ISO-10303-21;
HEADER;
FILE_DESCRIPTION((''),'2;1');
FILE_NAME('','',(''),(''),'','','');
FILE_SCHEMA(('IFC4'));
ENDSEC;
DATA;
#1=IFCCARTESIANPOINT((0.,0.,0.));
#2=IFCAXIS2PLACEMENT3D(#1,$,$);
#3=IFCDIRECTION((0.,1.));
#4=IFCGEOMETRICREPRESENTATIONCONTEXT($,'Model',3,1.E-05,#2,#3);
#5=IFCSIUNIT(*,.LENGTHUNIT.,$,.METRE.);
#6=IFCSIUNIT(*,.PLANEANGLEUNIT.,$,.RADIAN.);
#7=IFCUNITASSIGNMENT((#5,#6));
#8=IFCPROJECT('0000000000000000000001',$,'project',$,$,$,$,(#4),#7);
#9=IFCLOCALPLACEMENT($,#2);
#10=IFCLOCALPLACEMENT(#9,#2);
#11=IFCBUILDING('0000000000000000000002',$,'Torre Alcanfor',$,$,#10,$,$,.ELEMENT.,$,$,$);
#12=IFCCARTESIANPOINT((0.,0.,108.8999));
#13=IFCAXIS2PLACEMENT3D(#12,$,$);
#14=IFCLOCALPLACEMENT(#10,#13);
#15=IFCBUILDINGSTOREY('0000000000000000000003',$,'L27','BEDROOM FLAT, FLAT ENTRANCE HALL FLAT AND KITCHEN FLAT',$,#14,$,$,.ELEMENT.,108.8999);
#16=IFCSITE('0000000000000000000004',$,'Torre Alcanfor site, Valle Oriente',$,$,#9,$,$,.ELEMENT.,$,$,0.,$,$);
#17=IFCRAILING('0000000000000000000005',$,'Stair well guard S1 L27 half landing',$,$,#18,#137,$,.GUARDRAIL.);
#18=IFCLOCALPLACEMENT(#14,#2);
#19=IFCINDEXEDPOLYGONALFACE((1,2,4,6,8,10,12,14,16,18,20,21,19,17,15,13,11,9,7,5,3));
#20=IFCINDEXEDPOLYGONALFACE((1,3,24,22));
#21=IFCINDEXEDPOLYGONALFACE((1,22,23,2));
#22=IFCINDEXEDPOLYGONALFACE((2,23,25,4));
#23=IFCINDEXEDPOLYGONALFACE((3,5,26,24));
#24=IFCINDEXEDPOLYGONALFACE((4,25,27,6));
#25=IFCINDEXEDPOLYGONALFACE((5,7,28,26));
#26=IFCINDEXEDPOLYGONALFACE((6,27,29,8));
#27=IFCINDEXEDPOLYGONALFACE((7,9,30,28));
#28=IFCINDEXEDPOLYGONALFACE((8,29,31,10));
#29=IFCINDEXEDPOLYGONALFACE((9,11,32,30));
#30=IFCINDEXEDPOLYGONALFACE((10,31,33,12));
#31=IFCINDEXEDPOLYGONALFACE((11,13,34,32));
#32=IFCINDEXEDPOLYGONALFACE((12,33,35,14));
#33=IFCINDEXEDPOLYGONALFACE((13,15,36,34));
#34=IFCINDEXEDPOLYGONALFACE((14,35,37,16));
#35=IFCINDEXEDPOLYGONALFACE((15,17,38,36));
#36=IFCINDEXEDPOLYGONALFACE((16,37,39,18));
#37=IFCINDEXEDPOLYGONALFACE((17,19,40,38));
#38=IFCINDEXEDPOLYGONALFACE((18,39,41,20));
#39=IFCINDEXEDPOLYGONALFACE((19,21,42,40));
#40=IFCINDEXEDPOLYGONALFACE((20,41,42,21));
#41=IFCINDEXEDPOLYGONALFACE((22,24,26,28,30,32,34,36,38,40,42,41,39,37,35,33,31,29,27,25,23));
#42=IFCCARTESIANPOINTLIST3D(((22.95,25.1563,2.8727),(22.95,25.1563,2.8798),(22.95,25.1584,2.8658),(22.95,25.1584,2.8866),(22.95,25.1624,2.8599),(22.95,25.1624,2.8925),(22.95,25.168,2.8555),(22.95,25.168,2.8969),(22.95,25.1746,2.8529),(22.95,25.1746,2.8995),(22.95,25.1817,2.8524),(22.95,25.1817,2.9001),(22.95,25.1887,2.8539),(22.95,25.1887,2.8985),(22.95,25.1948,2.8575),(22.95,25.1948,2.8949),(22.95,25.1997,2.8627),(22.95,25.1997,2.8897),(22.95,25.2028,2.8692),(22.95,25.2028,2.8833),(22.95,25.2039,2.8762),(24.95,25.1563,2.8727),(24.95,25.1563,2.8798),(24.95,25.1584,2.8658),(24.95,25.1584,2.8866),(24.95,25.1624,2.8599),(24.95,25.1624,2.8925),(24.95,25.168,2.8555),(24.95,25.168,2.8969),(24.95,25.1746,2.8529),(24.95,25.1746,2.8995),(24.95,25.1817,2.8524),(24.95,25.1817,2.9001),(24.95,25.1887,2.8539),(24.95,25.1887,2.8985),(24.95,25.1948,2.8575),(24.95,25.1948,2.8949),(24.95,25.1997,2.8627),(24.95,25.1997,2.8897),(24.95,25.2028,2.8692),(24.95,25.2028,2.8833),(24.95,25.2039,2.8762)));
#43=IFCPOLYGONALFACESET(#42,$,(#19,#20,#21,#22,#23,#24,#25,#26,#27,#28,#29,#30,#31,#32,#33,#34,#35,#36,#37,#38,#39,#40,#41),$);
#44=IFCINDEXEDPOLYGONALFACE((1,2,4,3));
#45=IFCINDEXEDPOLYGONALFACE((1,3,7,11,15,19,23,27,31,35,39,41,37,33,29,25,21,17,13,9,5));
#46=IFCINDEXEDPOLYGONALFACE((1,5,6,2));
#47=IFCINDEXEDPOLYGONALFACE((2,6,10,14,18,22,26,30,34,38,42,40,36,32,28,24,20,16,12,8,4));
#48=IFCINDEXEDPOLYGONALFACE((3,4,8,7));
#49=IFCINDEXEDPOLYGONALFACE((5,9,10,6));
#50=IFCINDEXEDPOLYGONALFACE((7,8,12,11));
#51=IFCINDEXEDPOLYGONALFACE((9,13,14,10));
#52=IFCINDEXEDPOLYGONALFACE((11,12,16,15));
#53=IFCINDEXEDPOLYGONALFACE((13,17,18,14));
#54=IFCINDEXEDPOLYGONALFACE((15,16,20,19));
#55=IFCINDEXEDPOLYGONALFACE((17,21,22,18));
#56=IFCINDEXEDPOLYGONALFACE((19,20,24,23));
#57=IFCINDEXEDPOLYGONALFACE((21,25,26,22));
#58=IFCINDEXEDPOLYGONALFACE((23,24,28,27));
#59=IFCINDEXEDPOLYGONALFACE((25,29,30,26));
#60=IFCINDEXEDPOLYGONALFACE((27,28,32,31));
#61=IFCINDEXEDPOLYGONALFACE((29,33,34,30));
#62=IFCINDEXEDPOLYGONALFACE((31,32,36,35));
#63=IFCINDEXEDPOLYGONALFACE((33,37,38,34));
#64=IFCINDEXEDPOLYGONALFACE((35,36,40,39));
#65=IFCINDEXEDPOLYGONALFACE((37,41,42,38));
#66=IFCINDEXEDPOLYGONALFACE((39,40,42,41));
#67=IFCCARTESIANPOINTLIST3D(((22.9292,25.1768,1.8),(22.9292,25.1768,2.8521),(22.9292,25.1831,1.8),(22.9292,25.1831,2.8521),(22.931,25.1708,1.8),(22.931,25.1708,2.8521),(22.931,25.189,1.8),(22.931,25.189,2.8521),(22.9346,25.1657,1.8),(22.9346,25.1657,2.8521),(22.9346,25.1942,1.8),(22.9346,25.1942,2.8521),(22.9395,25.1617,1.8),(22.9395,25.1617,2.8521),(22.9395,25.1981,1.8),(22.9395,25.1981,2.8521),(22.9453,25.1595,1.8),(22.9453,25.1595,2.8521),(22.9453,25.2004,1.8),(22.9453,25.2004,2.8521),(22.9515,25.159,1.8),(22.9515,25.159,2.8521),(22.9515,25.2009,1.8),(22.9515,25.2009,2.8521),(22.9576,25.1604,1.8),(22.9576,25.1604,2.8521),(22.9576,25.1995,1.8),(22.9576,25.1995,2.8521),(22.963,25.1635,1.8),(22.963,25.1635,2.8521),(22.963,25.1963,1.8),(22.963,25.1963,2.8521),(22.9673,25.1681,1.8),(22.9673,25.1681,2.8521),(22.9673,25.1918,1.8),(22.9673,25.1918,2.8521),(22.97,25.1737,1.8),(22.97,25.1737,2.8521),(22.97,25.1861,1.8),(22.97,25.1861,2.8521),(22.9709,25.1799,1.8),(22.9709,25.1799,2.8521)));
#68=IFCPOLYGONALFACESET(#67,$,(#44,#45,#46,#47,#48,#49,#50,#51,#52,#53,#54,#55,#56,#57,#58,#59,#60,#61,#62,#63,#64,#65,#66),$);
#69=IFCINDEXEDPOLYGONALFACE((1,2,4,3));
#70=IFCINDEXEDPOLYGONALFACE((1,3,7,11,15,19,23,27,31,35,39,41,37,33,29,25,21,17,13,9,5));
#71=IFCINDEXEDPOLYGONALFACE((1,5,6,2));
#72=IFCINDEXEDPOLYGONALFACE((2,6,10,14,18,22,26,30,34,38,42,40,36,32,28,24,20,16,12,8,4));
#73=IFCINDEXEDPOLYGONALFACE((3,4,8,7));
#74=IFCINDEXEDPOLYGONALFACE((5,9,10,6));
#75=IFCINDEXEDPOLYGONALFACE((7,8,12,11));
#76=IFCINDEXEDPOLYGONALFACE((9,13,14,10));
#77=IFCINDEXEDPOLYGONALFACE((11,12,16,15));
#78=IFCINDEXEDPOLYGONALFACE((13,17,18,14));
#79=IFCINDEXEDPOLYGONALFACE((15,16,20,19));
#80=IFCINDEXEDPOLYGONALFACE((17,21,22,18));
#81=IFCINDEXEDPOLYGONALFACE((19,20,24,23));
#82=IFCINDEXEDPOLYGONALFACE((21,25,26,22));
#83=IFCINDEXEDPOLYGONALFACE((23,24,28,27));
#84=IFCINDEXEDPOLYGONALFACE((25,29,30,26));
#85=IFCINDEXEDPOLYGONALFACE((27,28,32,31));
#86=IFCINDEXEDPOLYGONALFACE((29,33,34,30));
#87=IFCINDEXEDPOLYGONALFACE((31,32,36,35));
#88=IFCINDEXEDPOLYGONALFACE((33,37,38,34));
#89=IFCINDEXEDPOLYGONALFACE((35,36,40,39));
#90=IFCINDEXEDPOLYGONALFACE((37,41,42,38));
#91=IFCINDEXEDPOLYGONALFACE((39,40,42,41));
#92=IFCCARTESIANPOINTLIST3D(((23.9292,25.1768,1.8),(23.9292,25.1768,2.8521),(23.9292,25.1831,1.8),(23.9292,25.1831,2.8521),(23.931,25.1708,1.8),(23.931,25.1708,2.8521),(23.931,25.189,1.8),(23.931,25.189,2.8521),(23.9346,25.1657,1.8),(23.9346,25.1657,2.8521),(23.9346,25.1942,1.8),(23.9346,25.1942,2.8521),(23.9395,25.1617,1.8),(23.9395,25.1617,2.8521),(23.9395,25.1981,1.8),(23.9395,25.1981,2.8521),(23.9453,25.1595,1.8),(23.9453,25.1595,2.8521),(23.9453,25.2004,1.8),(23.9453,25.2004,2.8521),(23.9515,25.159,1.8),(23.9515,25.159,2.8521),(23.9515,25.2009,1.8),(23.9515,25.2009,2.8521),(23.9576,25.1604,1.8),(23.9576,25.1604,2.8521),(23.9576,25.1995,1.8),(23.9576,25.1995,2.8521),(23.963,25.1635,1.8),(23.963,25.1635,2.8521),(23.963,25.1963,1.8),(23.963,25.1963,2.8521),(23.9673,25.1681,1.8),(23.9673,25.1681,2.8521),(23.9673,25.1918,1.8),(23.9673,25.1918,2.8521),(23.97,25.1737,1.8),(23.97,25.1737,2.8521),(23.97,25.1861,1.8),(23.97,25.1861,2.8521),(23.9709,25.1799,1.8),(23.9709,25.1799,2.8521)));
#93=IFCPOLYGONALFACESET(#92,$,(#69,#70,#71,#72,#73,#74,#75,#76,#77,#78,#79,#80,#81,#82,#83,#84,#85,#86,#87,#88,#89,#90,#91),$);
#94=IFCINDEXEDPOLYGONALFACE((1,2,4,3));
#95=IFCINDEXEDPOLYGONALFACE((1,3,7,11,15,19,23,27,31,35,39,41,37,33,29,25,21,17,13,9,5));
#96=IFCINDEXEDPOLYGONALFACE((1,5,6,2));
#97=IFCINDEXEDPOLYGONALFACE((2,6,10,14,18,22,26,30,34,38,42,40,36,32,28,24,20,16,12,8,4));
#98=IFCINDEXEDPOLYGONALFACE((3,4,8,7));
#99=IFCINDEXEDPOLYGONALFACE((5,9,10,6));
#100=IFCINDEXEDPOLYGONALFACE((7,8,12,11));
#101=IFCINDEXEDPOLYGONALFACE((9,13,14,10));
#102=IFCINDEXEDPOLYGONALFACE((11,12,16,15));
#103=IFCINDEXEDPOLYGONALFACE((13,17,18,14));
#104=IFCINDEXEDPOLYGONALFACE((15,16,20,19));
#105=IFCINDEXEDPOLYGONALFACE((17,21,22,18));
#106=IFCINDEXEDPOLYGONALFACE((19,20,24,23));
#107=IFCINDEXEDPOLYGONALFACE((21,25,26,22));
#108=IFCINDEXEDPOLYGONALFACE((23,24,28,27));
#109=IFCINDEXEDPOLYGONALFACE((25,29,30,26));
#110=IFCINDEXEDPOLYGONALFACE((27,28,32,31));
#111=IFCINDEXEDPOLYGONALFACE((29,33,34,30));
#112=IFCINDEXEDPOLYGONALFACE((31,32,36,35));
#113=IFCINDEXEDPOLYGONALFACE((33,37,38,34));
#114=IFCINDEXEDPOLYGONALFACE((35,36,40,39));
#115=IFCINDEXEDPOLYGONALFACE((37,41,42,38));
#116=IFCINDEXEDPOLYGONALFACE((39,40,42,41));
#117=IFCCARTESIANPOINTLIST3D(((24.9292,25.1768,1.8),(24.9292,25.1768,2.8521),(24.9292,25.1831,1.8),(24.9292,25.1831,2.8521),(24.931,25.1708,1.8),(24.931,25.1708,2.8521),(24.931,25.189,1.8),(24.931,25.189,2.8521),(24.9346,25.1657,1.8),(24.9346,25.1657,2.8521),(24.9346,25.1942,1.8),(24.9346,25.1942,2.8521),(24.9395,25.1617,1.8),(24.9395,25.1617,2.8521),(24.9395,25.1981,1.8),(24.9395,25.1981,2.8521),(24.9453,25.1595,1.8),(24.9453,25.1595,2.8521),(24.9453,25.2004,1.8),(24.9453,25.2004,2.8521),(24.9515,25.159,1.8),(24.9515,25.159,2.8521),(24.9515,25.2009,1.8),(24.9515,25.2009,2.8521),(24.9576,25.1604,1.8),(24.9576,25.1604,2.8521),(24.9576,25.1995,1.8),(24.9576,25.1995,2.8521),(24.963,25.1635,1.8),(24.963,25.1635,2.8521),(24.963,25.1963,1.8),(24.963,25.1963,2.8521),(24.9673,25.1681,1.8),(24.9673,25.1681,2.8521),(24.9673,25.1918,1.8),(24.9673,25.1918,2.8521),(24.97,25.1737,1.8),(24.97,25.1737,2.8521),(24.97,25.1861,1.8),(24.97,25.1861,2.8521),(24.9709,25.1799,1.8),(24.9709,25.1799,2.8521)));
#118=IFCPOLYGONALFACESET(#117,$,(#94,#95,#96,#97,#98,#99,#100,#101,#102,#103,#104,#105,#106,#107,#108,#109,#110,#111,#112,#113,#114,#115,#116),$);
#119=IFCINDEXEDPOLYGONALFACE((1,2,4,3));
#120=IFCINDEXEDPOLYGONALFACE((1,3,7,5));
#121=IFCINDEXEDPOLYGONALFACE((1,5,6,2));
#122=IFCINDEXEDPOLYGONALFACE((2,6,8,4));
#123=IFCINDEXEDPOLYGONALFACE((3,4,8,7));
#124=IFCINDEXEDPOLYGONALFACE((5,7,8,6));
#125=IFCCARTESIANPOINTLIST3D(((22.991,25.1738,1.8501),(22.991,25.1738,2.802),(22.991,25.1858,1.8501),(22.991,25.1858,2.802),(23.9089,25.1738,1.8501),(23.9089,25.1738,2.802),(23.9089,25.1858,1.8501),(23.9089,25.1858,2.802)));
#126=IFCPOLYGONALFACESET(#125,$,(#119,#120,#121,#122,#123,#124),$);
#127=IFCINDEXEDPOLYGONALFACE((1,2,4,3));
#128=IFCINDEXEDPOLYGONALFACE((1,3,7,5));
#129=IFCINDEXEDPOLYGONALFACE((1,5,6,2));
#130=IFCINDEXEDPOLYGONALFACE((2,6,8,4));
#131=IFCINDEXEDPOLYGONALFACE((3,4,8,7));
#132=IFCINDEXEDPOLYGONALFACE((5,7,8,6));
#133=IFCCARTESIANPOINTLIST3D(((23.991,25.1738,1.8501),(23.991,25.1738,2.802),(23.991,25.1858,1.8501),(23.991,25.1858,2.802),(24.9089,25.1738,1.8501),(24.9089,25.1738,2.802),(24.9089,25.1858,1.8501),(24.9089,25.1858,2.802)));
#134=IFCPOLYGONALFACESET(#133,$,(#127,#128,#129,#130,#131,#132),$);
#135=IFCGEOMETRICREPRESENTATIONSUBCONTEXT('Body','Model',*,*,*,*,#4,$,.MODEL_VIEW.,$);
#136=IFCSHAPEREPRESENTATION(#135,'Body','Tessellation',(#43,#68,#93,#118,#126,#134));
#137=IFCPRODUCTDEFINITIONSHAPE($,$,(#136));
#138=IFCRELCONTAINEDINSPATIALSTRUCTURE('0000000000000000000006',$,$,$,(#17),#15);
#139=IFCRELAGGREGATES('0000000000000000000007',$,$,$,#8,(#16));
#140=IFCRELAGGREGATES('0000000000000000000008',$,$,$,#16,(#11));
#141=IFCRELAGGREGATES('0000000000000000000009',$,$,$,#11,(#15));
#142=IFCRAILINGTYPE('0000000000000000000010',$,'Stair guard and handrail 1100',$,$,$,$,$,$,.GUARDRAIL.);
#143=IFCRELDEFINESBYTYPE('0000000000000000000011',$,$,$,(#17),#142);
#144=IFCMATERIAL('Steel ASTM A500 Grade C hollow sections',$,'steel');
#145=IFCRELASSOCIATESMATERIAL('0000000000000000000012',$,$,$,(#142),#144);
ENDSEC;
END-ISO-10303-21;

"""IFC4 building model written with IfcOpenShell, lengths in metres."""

from ifc_helpers import new_model, si_unit, direction, frame, origin, origin_2d, place, context, subcontext, project, spatial, polyline, circle, outline, extrude, material, type_object, element, save


model = new_model("IFC4")

# Units and contexts
model_context = context("Model", 3, precision=1e-05, world=origin(), true_north=direction((0.0, 1.0)))
body_context = subcontext(model_context, "Body", "Model", "MODEL_VIEW")
ifc_project = project(units=[si_unit("LENGTHUNIT", "METRE"), si_unit("PLANEANGLEUNIT", "RADIAN")], contexts=[model_context])

# Site, building, storey
site_placement = place(None, origin())
site = spatial("IfcSite", under=ifc_project, at=site_placement, Name="Torre Alcanfor site, Valle Oriente", CompositionType="ELEMENT", RefElevation=0.0)
building_placement = place(site_placement, origin())
building = spatial("IfcBuilding", under=site, at=building_placement, Name="Torre Alcanfor", CompositionType="ELEMENT")
storey_placement = place(building_placement, frame((0.0, 0.0, 108.8999)))
storey = spatial("IfcBuildingStorey", under=building, at=storey_placement, Name="L27", Description="BEDROOM FLAT, FLAT ENTRANCE HALL FLAT AND KITCHEN FLAT", CompositionType="ELEMENT", Elevation=108.8999)

# Railing
ifc_material_1 = material(Name="Steel ASTM A500 Grade C hollow sections", Category="steel")
railing_type_1 = type_object("IfcRailingType", Name="Stair guard and handrail 1100", PredefinedType="GUARDRAIL", material=ifc_material_1)
railing_1_placement = place(storey_placement, frame((22.95, 25.1799, 1.8)))
element("IfcRailing", 1, at=railing_1_placement, inside=storey, type_object=railing_type_1, Name="Stair well guard S1 L27 half landing", PredefinedType="GUARDRAIL", context=body_context, shape_type="SweptSolid", body=[
    extrude(circle(Radius=0.0239, at=origin_2d()), frame((0.0, 0.0, 1.0762), z_axis=(1.0, 0.0, 0.0), x_axis=(0.0, 1.0, 0.0)), (0.0, 0.0, 1.0), 2.0),
    extrude(circle(Radius=0.021, at=origin_2d()), origin(), (0.0, 0.0, 1.0), 1.052),
    extrude(circle(Radius=0.021, at=origin_2d()), frame((1.0, 0.0, 0.0)), (0.0, 0.0, 1.0), 1.052),
    extrude(circle(Radius=0.021, at=origin_2d()), frame((2.0, 0.0, 0.0)), (0.0, 0.0, 1.0), 1.052),
    extrude(outline(polyline([(0.041, 0.05), (0.959, 0.05), (0.959, 1.002), (0.041, 1.002), (0.041, 0.05)])), frame((0.0, 0.0059, 0.0), z_axis=(0.0, -1.0, 0.0), x_axis=(1.0, 0.0, 0.0)), (0.0, 0.0, 1.0), 0.012),
    extrude(outline(polyline([(1.041, 0.05), (1.959, 0.05), (1.959, 1.002), (1.041, 1.002), (1.041, 0.05)])), frame((0.0, 0.0059, 0.0), z_axis=(0.0, -1.0, 0.0), x_axis=(1.0, 0.0, 0.0)), (0.0, 0.0, 1.0), 0.012),
])

save(model, "model.ifc")
